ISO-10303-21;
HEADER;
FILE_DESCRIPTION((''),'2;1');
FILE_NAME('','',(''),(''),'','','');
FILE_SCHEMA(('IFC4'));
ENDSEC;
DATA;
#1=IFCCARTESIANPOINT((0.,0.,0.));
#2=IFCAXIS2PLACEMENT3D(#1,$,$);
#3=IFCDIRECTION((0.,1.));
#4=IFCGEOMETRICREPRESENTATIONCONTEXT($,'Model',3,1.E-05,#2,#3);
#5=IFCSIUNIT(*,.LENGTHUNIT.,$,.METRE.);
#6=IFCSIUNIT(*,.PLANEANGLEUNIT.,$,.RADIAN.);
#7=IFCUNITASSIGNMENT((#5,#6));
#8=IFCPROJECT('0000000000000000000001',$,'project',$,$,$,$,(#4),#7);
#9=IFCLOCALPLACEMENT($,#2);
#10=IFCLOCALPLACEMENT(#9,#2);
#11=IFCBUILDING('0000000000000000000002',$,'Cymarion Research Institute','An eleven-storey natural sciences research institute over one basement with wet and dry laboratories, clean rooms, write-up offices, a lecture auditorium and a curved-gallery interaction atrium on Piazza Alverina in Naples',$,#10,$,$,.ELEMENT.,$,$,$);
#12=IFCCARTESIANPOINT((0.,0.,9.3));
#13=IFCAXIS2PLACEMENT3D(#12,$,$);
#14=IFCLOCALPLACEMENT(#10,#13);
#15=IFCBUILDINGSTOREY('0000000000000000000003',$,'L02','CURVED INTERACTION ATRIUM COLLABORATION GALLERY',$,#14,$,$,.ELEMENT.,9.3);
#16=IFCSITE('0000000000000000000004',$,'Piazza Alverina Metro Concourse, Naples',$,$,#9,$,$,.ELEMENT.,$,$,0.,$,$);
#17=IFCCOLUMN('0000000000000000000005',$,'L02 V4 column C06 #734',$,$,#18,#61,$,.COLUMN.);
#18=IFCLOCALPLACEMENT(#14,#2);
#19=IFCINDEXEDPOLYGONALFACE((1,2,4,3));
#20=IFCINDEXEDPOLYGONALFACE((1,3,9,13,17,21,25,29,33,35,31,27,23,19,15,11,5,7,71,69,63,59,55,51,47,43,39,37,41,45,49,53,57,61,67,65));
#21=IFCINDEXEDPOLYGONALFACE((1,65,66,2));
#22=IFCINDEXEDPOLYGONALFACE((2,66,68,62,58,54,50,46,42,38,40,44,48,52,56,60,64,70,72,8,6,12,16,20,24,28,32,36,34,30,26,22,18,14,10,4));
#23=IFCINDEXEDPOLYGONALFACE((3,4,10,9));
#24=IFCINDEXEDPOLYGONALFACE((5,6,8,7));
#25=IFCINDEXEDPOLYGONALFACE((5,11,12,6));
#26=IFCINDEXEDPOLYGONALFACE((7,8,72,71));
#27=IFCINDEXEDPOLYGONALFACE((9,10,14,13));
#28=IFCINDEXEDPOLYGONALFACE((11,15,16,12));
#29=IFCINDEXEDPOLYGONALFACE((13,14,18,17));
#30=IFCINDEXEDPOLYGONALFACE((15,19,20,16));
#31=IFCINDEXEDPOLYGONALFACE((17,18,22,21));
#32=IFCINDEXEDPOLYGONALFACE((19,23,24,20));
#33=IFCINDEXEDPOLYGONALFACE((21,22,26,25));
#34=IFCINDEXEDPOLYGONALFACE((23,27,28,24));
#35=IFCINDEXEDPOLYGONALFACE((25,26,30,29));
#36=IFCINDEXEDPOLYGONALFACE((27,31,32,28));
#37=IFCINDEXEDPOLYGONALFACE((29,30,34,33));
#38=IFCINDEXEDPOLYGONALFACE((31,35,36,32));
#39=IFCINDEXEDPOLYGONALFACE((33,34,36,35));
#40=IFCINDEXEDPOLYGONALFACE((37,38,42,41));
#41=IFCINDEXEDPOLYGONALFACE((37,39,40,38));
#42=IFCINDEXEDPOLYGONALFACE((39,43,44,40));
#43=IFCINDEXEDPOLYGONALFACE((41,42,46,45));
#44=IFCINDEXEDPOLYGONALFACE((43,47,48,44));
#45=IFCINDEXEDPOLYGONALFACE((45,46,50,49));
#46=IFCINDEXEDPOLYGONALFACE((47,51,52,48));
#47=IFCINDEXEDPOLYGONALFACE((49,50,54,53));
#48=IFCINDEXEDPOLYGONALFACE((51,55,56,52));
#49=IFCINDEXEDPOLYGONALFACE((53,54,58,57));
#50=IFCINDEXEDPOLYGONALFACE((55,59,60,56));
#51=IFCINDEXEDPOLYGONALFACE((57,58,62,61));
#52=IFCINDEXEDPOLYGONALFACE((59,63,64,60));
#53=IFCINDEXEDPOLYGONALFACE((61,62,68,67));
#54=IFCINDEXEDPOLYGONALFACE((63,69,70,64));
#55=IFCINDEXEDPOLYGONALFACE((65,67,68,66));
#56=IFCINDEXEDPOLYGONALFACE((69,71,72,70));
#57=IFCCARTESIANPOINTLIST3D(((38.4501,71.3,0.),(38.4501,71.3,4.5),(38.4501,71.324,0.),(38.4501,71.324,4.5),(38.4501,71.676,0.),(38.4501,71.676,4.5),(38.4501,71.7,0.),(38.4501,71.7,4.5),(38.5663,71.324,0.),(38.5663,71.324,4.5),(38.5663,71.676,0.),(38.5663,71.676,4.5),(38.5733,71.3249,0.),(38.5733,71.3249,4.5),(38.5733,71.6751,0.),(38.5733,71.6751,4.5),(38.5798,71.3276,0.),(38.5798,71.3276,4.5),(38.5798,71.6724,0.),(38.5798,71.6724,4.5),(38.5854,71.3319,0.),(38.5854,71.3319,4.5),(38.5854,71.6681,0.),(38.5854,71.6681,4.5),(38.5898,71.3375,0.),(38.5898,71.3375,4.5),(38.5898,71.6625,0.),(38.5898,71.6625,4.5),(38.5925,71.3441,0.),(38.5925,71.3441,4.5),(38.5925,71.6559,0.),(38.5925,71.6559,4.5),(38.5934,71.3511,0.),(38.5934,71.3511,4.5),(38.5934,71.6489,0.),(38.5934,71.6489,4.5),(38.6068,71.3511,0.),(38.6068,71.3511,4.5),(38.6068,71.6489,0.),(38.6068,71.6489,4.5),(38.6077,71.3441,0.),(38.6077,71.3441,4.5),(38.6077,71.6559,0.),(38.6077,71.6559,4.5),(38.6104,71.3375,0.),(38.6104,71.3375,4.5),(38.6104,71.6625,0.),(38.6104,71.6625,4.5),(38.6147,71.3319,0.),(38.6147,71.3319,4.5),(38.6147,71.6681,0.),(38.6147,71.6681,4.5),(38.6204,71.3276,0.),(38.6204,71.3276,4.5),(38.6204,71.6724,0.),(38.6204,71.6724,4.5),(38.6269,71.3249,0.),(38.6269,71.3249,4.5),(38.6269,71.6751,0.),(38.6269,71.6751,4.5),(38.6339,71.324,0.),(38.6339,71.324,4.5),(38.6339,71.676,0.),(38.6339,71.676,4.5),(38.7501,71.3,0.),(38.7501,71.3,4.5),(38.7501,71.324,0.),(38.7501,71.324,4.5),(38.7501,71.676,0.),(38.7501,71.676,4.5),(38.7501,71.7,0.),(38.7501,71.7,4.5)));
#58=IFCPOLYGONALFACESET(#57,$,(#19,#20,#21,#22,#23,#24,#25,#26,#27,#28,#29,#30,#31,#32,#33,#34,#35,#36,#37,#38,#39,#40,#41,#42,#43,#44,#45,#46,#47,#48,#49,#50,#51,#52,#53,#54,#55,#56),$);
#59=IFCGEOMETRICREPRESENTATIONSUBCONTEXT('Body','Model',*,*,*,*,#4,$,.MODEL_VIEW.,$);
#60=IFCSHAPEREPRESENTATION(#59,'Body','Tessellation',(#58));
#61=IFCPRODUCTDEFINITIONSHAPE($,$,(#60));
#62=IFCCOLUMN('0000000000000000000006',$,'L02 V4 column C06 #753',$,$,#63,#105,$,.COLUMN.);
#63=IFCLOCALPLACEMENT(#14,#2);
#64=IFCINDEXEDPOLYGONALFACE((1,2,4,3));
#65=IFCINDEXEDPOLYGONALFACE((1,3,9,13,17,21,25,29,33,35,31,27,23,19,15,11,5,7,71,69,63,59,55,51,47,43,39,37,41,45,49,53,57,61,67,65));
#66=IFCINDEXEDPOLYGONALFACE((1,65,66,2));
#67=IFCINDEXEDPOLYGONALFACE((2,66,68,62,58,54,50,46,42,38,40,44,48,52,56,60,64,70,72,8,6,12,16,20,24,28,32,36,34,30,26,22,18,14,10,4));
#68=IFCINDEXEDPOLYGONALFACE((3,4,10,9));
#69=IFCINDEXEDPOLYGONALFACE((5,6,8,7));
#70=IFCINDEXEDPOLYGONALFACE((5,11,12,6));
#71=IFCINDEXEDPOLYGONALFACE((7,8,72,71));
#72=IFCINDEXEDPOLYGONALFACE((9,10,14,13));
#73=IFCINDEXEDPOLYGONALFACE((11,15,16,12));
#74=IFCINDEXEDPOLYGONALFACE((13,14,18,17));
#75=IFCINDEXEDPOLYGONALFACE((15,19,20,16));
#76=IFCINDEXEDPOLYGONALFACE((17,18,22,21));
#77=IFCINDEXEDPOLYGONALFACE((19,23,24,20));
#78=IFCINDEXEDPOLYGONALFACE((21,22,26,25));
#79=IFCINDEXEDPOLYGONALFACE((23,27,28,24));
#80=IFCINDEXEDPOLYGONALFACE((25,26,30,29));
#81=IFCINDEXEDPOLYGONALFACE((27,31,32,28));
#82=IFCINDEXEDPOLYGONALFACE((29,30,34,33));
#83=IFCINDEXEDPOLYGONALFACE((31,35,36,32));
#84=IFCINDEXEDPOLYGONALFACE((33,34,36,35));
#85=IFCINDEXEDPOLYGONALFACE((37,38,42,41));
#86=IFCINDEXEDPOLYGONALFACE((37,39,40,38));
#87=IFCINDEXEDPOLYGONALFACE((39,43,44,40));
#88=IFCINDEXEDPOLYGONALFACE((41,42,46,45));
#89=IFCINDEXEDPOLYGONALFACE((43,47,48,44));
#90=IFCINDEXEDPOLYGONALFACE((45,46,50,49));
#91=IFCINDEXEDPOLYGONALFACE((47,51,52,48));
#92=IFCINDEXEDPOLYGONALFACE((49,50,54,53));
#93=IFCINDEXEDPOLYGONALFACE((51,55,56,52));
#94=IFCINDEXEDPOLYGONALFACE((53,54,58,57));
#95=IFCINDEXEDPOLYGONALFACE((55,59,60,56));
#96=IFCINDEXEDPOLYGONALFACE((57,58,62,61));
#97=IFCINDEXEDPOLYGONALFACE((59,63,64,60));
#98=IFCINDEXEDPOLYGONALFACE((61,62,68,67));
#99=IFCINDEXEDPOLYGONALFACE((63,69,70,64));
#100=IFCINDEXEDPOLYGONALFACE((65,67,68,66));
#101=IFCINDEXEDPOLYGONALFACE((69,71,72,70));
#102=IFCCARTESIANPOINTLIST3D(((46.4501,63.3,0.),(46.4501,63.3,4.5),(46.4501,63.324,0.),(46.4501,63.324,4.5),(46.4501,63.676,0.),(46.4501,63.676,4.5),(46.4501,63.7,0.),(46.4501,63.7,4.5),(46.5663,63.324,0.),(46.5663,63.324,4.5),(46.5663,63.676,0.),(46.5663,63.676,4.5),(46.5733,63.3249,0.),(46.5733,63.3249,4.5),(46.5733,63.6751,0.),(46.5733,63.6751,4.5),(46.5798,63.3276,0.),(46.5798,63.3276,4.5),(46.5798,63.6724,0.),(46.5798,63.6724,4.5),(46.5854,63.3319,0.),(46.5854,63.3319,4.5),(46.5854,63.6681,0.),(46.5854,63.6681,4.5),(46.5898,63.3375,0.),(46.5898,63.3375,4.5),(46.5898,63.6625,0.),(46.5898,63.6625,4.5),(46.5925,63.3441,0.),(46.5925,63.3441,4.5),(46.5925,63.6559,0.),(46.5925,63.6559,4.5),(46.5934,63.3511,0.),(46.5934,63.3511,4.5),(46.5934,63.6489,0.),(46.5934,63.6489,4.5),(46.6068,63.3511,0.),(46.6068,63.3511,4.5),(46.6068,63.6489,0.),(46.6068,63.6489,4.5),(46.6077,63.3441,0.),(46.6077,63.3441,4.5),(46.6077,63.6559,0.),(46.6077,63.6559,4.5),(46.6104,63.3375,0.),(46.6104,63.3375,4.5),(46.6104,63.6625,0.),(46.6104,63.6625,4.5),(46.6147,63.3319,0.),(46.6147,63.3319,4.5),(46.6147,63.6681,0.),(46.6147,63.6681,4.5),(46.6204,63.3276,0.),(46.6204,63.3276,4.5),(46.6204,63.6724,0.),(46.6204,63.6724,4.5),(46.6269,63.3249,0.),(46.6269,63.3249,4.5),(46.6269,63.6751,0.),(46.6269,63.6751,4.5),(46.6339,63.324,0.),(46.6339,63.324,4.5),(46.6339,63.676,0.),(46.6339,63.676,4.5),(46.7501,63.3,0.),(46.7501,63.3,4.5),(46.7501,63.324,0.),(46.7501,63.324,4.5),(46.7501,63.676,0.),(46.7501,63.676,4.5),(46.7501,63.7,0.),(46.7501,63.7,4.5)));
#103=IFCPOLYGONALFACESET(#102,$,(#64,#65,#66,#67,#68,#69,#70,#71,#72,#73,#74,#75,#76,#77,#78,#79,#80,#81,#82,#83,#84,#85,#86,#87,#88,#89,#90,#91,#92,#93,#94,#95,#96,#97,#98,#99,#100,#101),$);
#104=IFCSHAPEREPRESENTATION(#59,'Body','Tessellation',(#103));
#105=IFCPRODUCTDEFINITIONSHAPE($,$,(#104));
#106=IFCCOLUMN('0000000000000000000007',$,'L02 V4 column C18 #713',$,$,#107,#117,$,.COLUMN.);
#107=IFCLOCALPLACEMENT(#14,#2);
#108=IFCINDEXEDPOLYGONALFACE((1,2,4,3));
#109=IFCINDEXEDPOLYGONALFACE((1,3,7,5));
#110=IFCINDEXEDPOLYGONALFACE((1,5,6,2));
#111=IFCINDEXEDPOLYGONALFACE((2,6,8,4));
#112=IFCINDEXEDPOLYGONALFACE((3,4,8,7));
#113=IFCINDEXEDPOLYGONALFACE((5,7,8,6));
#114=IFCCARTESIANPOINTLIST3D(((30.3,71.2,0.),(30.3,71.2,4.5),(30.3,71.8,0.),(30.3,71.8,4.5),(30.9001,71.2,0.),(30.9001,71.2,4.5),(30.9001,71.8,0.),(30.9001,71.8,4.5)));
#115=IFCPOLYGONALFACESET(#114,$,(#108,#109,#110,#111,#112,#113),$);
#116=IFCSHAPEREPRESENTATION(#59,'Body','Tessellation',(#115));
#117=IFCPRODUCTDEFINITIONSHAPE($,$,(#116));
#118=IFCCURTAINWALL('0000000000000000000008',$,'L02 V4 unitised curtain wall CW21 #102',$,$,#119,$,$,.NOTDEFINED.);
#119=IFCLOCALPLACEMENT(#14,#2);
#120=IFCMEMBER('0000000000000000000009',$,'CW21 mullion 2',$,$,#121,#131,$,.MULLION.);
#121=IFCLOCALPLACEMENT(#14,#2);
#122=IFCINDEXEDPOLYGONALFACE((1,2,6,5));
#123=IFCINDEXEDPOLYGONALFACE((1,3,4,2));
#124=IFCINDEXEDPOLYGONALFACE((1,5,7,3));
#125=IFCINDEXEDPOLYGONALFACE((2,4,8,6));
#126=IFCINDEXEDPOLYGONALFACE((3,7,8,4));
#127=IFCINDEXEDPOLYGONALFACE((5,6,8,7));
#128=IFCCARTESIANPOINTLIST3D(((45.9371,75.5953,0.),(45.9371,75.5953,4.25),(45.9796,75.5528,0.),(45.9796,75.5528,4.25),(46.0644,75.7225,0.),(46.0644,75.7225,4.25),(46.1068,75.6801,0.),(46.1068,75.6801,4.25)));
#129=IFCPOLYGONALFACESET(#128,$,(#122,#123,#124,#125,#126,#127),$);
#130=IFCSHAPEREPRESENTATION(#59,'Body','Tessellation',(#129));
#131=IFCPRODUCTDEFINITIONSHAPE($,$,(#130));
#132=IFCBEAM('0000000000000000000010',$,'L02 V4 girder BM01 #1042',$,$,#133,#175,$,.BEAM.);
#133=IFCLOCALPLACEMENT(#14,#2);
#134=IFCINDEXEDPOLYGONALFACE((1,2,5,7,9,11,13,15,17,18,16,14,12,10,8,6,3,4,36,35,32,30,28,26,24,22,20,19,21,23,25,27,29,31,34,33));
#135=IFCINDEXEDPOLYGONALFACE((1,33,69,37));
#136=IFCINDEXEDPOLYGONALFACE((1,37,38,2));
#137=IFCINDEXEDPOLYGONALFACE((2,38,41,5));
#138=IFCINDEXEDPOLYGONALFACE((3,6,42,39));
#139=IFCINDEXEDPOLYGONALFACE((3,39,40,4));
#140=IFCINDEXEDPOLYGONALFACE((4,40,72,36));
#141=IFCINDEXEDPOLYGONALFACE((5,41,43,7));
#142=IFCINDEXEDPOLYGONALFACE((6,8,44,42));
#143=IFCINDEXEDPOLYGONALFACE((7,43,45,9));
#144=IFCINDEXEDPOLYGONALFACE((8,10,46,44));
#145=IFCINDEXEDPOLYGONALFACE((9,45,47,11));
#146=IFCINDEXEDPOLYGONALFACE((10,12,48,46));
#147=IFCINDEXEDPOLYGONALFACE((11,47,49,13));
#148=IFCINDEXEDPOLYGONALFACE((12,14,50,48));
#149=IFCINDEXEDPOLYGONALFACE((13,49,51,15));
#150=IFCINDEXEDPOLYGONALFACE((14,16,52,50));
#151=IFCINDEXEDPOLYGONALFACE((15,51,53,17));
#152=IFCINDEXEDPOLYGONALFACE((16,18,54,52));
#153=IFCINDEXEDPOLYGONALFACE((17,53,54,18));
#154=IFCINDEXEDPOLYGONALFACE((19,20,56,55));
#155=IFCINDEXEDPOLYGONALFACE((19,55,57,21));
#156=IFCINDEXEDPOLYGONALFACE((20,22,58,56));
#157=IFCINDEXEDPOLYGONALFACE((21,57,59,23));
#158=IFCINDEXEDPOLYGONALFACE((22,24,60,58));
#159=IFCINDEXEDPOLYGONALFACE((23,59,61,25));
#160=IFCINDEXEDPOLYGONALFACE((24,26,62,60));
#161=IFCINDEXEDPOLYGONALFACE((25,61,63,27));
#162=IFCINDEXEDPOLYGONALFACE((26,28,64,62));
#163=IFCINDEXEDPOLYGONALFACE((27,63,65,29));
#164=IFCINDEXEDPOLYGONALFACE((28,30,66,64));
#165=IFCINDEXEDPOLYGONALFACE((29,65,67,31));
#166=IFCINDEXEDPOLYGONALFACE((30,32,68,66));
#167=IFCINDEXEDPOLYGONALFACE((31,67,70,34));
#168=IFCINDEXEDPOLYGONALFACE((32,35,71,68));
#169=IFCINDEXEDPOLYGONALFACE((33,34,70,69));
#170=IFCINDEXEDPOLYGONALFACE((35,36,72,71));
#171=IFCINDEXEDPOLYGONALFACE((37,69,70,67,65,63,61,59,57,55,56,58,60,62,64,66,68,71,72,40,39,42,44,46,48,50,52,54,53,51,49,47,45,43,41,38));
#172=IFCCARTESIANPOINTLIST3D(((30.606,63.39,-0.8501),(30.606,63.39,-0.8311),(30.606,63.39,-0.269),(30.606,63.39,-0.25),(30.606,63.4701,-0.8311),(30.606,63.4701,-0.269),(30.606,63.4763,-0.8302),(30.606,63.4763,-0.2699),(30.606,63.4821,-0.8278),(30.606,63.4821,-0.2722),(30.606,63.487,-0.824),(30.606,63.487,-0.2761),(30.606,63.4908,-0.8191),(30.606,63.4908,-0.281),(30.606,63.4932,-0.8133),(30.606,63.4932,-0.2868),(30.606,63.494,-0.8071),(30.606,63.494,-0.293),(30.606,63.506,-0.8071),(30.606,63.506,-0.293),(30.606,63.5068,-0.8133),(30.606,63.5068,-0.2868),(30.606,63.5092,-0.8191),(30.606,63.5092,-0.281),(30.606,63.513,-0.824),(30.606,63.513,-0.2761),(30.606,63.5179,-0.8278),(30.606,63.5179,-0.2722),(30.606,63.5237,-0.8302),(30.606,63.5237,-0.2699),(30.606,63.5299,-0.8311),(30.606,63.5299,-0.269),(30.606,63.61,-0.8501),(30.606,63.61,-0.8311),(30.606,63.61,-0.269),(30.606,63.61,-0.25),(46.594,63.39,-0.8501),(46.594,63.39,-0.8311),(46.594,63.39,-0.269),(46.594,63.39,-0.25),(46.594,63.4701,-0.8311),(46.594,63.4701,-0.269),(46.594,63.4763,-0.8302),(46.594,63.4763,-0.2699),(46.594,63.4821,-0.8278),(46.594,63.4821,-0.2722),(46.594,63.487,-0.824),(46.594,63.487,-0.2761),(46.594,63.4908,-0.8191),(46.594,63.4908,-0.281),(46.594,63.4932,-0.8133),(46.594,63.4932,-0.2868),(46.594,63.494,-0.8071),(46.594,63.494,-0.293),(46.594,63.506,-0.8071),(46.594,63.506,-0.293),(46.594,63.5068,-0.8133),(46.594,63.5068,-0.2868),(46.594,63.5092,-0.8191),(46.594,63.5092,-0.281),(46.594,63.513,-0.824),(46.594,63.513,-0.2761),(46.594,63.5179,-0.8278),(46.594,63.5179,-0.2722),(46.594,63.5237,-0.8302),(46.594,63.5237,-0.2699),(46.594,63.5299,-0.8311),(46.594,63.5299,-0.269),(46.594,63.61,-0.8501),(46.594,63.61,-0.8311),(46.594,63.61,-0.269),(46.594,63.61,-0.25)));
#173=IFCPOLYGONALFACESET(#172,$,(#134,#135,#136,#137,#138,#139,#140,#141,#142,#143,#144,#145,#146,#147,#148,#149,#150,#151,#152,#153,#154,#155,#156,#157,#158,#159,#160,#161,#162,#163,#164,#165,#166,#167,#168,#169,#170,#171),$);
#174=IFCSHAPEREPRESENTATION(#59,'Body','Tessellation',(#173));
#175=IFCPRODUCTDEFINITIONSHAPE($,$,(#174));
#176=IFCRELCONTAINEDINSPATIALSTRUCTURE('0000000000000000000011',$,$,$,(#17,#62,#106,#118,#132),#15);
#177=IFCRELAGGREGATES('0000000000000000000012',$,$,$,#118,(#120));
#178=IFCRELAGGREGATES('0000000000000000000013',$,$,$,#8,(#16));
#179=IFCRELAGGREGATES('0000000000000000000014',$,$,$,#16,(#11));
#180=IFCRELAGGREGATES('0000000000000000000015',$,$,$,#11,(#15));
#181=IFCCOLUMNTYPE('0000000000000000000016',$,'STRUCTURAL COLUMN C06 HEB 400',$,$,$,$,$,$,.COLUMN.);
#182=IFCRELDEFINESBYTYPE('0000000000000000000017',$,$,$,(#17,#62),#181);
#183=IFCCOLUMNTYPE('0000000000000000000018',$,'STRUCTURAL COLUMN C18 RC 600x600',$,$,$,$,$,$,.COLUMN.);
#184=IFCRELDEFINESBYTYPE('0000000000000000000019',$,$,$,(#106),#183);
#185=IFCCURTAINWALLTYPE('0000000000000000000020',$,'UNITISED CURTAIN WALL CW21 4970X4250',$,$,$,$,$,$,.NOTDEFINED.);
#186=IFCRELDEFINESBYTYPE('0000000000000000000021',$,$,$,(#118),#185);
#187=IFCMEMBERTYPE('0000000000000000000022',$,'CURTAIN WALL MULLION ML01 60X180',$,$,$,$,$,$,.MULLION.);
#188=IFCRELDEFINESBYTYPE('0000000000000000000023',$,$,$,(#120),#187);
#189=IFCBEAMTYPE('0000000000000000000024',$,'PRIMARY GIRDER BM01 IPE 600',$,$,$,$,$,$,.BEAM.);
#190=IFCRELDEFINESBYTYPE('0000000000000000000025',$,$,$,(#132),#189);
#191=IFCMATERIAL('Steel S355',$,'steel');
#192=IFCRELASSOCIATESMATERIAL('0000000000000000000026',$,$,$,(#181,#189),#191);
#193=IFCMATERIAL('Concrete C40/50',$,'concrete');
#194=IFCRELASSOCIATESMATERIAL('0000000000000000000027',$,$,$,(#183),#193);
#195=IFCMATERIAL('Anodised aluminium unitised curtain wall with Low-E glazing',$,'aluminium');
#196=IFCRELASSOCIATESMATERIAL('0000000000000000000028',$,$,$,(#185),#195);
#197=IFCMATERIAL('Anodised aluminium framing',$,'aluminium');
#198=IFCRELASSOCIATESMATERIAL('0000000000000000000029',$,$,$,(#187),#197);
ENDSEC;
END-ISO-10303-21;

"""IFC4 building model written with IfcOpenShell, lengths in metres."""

from ifc_helpers import new_model, si_unit, direction, frame, origin, origin_2d, place, context, subcontext, project, spatial, rectangle, i_section, extrude, material, material_profile, profile_set, type_object, element, aggregate, save


model = new_model("IFC4")

# Units and contexts
model_context = context("Model", 3, precision=1e-05, world=origin(), true_north=direction((0.0, 1.0)))
body_context = subcontext(model_context, "Body", "Model", "MODEL_VIEW")
ifc_project = project(units=[si_unit("LENGTHUNIT", "METRE"), si_unit("PLANEANGLEUNIT", "RADIAN")], contexts=[model_context])

# Site, building, storey
site_placement = place(None, origin())
site = spatial("IfcSite", under=ifc_project, at=site_placement, Name="Piazza Alverina Metro Concourse, Naples", CompositionType="ELEMENT", RefElevation=0.0)
building_placement = place(site_placement, origin())
building = spatial("IfcBuilding", under=site, at=building_placement, Name="Cymarion Research Institute", Description="An eleven-storey natural sciences research institute over one basement with wet and dry laboratories, clean rooms, write-up offices, a lecture auditorium and a curved-gallery interaction atrium on Piazza Alverina in Naples", CompositionType="ELEMENT")
storey_placement = place(building_placement, frame((0.0, 0.0, 9.3)))
storey = spatial("IfcBuildingStorey", under=building, at=storey_placement, Name="L02", Description="CURVED INTERACTION ATRIUM COLLABORATION GALLERY", CompositionType="ELEMENT", Elevation=9.3)

# Columns
ifc_material_1 = material(Name="Steel S355", Category="steel")
ifc_material_profile_1 = material_profile(ifc_material_1, i_section(OverallWidth=0.3, OverallDepth=0.3999, WebThickness=0.0134, FlangeThickness=0.0239, FilletRadius=0.0271, at=origin_2d()), Name="HEB 400")
ifc_profile_set_1 = profile_set([ifc_material_profile_1], Name="Steel S355")
column_type_1 = type_object("IfcColumnType", Name="STRUCTURAL COLUMN C06 HEB 400", PredefinedType="COLUMN", material=ifc_profile_set_1)
for number, where, z_axis, x_axis, name in (
    (1, (38.6001, 71.5, 0.0), (0.0, 0.0, 1.0), (1.0, 0.0, 0.0), "L02 V4 column C06 #734"),
    (2, (46.6001, 63.5, 0.0), (0.0, 0.0, 1.0), (1.0, 0.0, 0.0), "L02 V4 column C06 #753"),
):
    element("IfcColumn", number, at=place(storey_placement, frame(where, z_axis=z_axis, x_axis=x_axis)), inside=storey, type_object=column_type_1, Name=name, PredefinedType="COLUMN", context=body_context, shape_type="SweptSolid", body=[
        extrude(i_section(OverallWidth=0.3, OverallDepth=0.3999, WebThickness=0.0134, FlangeThickness=0.0239, FilletRadius=0.0271, at=origin_2d()), origin(), (0.0, 0.0, 1.0), 4.5),
    ])
ifc_material_2 = material(Name="Concrete C40/50", Category="concrete")
ifc_material_profile_2 = material_profile(ifc_material_2, rectangle(XDim=0.6001, YDim=0.6001, at=origin_2d()), Name="RC 600x600")
ifc_profile_set_2 = profile_set([ifc_material_profile_2], Name="Concrete C40/50")
column_type_2 = type_object("IfcColumnType", Name="STRUCTURAL COLUMN C18 RC 600x600", PredefinedType="COLUMN", material=ifc_profile_set_2)
column_placement = place(storey_placement, frame((30.6001, 71.5, 0.0), z_axis=(0.0, 0.0, 1.0), x_axis=(1.0, 0.0, 0.0)))
element("IfcColumn", 3, at=column_placement, inside=storey, type_object=column_type_2, Name="L02 V4 column C18 #713", PredefinedType="COLUMN", context=body_context, shape_type="SweptSolid", body=[
    extrude(rectangle(XDim=0.6001, YDim=0.6001, at=origin_2d()), origin(), (0.0, 0.0, 1.0), 4.5),
])

# Curtain wall, member
ifc_material_3 = material(Name="Anodised aluminium unitised curtain wall with Low-E glazing", Category="aluminium")
curtain_wall_type = type_object("IfcCurtainWallType", Name="UNITISED CURTAIN WALL CW21 4970X4250", PredefinedType="NOTDEFINED", material=ifc_material_3)
curtain_wall_placement = place(storey_placement, origin())
curtain_wall = element("IfcCurtainWall", 4, at=curtain_wall_placement, inside=storey, type_object=curtain_wall_type, Name="L02 V4 unitised curtain wall CW21 #102", PredefinedType="NOTDEFINED")
ifc_material_4 = material(Name="Anodised aluminium framing", Category="aluminium")
ifc_material_profile_3 = material_profile(ifc_material_4, rectangle(XDim=0.0601, YDim=0.1799, at=origin_2d()), Name="ALU MULLION 60x180")
ifc_profile_set_3 = profile_set([ifc_material_profile_3], Name="Anodised aluminium framing")
member_type = type_object("IfcMemberType", Name="CURTAIN WALL MULLION ML01 60X180", PredefinedType="MULLION", material=ifc_profile_set_3)
member_placement = place(storey_placement, frame((46.022, 75.6377, 0.0), z_axis=(0.0, 0.0, 1.0), x_axis=(-0.707097, 0.707117, 0.0)))
member = element("IfcMember", 5, at=member_placement, type_object=member_type, Name="CW21 mullion 2", PredefinedType="MULLION", context=body_context, shape_type="SweptSolid", body=[
    extrude(rectangle(XDim=0.0601, YDim=0.1799, at=origin_2d()), origin(), (0.0, 0.0, 1.0), 4.25),
])

# Beam
ifc_material_profile_4 = material_profile(ifc_material_1, i_section(OverallWidth=0.22, OverallDepth=0.6001, WebThickness=0.012, FlangeThickness=0.019, FilletRadius=0.0239, at=origin_2d()), Name="IPE 600")
ifc_profile_set_4 = profile_set([ifc_material_profile_4], Name="Steel S355")
beam_type_1 = type_object("IfcBeamType", Name="PRIMARY GIRDER BM01 IPE 600", PredefinedType="BEAM", material=ifc_profile_set_4)
beam_placement = place(storey_placement, frame((30.606, 63.5, -0.55), z_axis=(1.0, 0.0, 0.0), x_axis=(0.0, 1.0, 0.0)))
element("IfcBeam", 6, at=beam_placement, inside=storey, type_object=beam_type_1, Name="L02 V4 girder BM01 #1042", PredefinedType="BEAM", context=body_context, shape_type="SweptSolid", body=[
    extrude(i_section(OverallWidth=0.22, OverallDepth=0.6001, WebThickness=0.012, FlangeThickness=0.019, FilletRadius=0.0239, at=origin_2d()), origin(), (0.0, 0.0, 1.0), 15.988),
])

aggregate(curtain_wall, [member])

save(model, "model.ifc")
